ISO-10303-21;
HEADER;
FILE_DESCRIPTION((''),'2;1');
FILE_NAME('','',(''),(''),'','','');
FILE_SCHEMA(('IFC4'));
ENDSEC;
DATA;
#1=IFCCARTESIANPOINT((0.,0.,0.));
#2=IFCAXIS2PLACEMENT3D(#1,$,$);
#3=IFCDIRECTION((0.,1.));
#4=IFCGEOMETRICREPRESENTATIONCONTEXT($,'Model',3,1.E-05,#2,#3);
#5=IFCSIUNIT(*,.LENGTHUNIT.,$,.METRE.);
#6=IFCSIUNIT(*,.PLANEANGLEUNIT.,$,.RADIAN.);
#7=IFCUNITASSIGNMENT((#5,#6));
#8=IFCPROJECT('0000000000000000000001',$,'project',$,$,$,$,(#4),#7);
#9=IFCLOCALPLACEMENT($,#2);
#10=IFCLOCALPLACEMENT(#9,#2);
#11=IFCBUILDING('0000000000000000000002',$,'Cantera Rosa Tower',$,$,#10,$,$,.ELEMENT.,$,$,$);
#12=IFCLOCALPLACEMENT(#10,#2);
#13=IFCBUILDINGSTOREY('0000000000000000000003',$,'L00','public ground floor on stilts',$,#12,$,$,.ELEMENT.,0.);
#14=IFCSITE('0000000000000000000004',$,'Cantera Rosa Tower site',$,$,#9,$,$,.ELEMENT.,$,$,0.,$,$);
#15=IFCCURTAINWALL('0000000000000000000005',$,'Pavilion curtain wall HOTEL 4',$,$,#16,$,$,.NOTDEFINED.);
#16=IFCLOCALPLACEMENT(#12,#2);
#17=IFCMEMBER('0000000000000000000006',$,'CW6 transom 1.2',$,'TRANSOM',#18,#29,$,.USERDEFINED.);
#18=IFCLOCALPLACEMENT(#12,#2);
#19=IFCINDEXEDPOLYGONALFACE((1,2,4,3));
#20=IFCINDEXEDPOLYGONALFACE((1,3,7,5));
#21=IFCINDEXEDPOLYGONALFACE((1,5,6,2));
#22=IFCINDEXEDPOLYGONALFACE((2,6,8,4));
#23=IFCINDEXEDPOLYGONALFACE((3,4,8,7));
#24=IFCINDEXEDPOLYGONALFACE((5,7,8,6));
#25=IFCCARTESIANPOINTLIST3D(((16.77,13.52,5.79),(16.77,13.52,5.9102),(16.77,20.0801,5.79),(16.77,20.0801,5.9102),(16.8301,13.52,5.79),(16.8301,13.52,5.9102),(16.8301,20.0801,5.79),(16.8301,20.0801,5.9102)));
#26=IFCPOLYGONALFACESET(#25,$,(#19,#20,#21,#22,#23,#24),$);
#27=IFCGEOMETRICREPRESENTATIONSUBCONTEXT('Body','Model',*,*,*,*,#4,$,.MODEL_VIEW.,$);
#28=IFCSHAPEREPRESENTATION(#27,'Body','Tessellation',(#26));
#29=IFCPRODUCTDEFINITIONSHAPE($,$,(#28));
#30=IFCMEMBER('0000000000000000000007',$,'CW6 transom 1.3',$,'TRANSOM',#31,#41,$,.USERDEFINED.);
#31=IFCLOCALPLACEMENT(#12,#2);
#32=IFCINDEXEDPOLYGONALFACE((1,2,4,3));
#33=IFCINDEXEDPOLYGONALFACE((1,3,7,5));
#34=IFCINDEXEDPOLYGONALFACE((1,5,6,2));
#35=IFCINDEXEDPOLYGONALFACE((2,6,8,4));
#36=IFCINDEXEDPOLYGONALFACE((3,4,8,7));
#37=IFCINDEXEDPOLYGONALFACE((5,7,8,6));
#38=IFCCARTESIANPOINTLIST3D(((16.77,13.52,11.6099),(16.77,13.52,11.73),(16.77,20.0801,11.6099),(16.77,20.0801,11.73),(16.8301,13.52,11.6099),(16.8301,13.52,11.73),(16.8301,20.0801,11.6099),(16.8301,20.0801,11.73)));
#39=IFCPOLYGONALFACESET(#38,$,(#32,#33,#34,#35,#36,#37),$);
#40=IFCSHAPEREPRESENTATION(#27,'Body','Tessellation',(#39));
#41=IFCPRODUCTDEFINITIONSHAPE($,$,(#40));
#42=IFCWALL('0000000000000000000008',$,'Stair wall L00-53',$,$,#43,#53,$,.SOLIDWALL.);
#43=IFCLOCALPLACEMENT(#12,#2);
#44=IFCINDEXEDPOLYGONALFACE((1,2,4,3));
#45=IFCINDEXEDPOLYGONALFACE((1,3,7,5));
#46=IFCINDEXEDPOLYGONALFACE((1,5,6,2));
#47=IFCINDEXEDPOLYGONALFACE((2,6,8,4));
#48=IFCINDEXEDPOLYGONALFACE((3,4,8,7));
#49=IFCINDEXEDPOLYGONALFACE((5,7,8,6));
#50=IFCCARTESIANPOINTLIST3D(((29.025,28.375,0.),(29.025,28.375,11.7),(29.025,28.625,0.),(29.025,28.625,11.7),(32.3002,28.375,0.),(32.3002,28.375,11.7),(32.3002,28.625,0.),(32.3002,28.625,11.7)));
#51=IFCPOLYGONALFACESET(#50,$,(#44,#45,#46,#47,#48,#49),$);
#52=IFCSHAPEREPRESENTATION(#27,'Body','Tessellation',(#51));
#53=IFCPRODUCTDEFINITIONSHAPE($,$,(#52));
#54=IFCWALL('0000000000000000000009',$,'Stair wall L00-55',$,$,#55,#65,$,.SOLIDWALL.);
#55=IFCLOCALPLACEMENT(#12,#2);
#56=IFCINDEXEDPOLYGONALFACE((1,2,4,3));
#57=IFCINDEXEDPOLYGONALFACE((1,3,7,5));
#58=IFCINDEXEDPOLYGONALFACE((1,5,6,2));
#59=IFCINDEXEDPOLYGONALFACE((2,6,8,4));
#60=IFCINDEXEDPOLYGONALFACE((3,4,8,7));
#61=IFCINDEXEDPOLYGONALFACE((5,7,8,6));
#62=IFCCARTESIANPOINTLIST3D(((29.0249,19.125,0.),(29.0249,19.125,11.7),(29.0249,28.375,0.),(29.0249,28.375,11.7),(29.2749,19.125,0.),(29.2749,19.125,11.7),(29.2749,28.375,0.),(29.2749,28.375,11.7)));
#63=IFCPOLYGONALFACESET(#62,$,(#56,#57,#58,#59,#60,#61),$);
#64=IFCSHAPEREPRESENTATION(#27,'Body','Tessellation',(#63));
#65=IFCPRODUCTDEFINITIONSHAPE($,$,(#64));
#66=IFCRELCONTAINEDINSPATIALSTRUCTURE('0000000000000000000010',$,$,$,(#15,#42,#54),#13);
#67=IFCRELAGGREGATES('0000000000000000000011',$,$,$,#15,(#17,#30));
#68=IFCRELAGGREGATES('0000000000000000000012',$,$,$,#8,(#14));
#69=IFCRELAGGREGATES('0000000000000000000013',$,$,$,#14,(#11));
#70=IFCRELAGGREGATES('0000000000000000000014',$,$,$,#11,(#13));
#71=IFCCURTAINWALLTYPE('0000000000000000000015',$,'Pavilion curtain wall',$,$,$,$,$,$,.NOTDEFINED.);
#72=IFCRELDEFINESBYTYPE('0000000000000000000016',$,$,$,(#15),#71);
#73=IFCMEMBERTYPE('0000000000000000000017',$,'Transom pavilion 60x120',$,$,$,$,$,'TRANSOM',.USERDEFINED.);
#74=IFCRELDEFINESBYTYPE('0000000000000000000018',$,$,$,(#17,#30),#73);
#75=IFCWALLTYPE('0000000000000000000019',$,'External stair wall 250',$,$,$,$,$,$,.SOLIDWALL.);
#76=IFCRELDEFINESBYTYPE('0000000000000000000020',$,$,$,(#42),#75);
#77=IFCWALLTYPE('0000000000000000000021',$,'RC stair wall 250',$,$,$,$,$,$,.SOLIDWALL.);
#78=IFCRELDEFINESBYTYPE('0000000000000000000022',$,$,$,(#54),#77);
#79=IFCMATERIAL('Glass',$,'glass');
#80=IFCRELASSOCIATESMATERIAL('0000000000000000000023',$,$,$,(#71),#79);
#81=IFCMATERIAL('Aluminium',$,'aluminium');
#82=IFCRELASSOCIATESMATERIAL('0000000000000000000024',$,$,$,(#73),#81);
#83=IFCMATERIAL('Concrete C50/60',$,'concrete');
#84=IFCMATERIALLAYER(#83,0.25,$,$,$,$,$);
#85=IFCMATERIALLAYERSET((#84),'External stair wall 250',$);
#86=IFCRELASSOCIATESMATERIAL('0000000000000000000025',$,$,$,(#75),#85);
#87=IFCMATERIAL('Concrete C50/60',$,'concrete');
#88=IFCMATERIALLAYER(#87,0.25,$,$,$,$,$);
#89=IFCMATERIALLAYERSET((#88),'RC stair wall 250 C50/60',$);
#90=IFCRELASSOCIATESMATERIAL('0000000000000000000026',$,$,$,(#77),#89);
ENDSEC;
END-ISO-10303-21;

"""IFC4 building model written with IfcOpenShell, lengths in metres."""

from ifc_helpers import new_model, si_unit, direction, frame, frame_2d, origin, origin_2d, place, context, subcontext, project, spatial, rectangle, extrude, material, layer, layer_set, material_profile, profile_set, type_object, element, aggregate, save


model = new_model("IFC4")

# Units and contexts
model_context = context("Model", 3, precision=1e-05, world=origin(), true_north=direction((0.0, 1.0)))
body_context = subcontext(model_context, "Body", "Model", "MODEL_VIEW")
ifc_project = project(units=[si_unit("LENGTHUNIT", "METRE"), si_unit("PLANEANGLEUNIT", "RADIAN")], contexts=[model_context])

# Site, building, storey
site_placement = place(None, origin())
site = spatial("IfcSite", under=ifc_project, at=site_placement, Name="Cantera Rosa Tower site", CompositionType="ELEMENT", RefElevation=0.0)
building_placement = place(site_placement, origin())
building = spatial("IfcBuilding", under=site, at=building_placement, Name="Cantera Rosa Tower", CompositionType="ELEMENT")
storey_placement = place(building_placement, origin())
storey = spatial("IfcBuildingStorey", under=building, at=storey_placement, Name="L00", Description="public ground floor on stilts", CompositionType="ELEMENT", Elevation=0.0)

# Shared definitions
ifc_material_1 = material(Name="Glass", Category="glass")
curtain_wall_type = type_object("IfcCurtainWallType", Name="Pavilion curtain wall", PredefinedType="NOTDEFINED", material=ifc_material_1)

# Curtain wall, members
curtain_wall_1_placement = place(storey_placement, origin())
curtain_wall_1 = element("IfcCurtainWall", 1, at=curtain_wall_1_placement, inside=storey, type_object=curtain_wall_type, Name="Pavilion curtain wall HOTEL 4", PredefinedType="NOTDEFINED")
ifc_material_2 = material(Name="Aluminium", Category="aluminium")
ifc_material_profile_1 = material_profile(ifc_material_2, rectangle(XDim=0.0601, YDim=0.1201, at=origin_2d()), Name="Transom pavilion 60x120")
ifc_profile_set_1 = profile_set([ifc_material_profile_1], Name="Aluminium")
member_type_1 = type_object("IfcMemberType", Name="Transom pavilion 60x120", ElementType="TRANSOM", PredefinedType="USERDEFINED", material=ifc_profile_set_1)
member_1_placement = place(storey_placement, frame((16.8, 20.0801, 5.8501), z_axis=(0.0, -1.0, 0.0), x_axis=(1.0, 0.0, 0.0)))
member_1 = element("IfcMember", 2, at=member_1_placement, type_object=member_type_1, Name="CW6 transom 1.2", ObjectType="TRANSOM", PredefinedType="USERDEFINED", context=body_context, shape_type="SweptSolid", body=[
    extrude(rectangle(XDim=0.0601, YDim=0.1201, at=origin_2d()), origin(), (0.0, 0.0, 1.0), 6.5601),
])
member_2_placement = place(storey_placement, frame((16.8, 20.0801, 11.6699), z_axis=(0.0, -1.0, 0.0), x_axis=(1.0, 0.0, 0.0)))
member_2 = element("IfcMember", 3, at=member_2_placement, type_object=member_type_1, Name="CW6 transom 1.3", ObjectType="TRANSOM", PredefinedType="USERDEFINED", context=body_context, shape_type="SweptSolid", body=[
    extrude(rectangle(XDim=0.0601, YDim=0.1201, at=origin_2d()), origin(), (0.0, 0.0, 1.0), 6.5601),
])
aggregate(curtain_wall_1, [member_1, member_2])

# Walls
ifc_material_3 = material(Name="Concrete C50/60", Category="concrete")
ifc_layer_1 = layer(ifc_material_3, 0.25)
ifc_layer_set_1 = layer_set([ifc_layer_1], Name="External stair wall 250")
wall_type_1 = type_object("IfcWallType", Name="External stair wall 250", PredefinedType="SOLIDWALL", material=ifc_layer_set_1)
wall_1_placement = place(storey_placement, frame((29.0249, 28.5, 0.0), z_axis=(0.0, 0.0, 1.0), x_axis=(1.0, 0.0, 0.0)))
element("IfcWall", 4, at=wall_1_placement, inside=storey, type_object=wall_type_1, Name="Stair wall L00-53", PredefinedType="SOLIDWALL", context=body_context, shape_type="SweptSolid", body=[
    extrude(rectangle(XDim=3.2751, YDim=0.25, at=frame_2d((1.6377, 0.0))), origin(), (0.0, 0.0, 1.0), 11.7),
])
ifc_material_4 = material(Name="Concrete C50/60", Category="concrete")
ifc_layer_2 = layer(ifc_material_4, 0.25)
ifc_layer_set_2 = layer_set([ifc_layer_2], Name="RC stair wall 250 C50/60")
wall_type_2 = type_object("IfcWallType", Name="RC stair wall 250", PredefinedType="SOLIDWALL", material=ifc_layer_set_2)
wall_2_placement = place(storey_placement, frame((29.1499, 19.125, 0.0), z_axis=(0.0, 0.0, 1.0), x_axis=(0.0, 1.0, 0.0)))
element("IfcWall", 5, at=wall_2_placement, inside=storey, type_object=wall_type_2, Name="Stair wall L00-55", PredefinedType="SOLIDWALL", context=body_context, shape_type="SweptSolid", body=[
    extrude(rectangle(XDim=9.25, YDim=0.25, at=frame_2d((4.625, 0.0))), origin(), (0.0, 0.0, 1.0), 11.7),
])

save(model, "model.ifc")
